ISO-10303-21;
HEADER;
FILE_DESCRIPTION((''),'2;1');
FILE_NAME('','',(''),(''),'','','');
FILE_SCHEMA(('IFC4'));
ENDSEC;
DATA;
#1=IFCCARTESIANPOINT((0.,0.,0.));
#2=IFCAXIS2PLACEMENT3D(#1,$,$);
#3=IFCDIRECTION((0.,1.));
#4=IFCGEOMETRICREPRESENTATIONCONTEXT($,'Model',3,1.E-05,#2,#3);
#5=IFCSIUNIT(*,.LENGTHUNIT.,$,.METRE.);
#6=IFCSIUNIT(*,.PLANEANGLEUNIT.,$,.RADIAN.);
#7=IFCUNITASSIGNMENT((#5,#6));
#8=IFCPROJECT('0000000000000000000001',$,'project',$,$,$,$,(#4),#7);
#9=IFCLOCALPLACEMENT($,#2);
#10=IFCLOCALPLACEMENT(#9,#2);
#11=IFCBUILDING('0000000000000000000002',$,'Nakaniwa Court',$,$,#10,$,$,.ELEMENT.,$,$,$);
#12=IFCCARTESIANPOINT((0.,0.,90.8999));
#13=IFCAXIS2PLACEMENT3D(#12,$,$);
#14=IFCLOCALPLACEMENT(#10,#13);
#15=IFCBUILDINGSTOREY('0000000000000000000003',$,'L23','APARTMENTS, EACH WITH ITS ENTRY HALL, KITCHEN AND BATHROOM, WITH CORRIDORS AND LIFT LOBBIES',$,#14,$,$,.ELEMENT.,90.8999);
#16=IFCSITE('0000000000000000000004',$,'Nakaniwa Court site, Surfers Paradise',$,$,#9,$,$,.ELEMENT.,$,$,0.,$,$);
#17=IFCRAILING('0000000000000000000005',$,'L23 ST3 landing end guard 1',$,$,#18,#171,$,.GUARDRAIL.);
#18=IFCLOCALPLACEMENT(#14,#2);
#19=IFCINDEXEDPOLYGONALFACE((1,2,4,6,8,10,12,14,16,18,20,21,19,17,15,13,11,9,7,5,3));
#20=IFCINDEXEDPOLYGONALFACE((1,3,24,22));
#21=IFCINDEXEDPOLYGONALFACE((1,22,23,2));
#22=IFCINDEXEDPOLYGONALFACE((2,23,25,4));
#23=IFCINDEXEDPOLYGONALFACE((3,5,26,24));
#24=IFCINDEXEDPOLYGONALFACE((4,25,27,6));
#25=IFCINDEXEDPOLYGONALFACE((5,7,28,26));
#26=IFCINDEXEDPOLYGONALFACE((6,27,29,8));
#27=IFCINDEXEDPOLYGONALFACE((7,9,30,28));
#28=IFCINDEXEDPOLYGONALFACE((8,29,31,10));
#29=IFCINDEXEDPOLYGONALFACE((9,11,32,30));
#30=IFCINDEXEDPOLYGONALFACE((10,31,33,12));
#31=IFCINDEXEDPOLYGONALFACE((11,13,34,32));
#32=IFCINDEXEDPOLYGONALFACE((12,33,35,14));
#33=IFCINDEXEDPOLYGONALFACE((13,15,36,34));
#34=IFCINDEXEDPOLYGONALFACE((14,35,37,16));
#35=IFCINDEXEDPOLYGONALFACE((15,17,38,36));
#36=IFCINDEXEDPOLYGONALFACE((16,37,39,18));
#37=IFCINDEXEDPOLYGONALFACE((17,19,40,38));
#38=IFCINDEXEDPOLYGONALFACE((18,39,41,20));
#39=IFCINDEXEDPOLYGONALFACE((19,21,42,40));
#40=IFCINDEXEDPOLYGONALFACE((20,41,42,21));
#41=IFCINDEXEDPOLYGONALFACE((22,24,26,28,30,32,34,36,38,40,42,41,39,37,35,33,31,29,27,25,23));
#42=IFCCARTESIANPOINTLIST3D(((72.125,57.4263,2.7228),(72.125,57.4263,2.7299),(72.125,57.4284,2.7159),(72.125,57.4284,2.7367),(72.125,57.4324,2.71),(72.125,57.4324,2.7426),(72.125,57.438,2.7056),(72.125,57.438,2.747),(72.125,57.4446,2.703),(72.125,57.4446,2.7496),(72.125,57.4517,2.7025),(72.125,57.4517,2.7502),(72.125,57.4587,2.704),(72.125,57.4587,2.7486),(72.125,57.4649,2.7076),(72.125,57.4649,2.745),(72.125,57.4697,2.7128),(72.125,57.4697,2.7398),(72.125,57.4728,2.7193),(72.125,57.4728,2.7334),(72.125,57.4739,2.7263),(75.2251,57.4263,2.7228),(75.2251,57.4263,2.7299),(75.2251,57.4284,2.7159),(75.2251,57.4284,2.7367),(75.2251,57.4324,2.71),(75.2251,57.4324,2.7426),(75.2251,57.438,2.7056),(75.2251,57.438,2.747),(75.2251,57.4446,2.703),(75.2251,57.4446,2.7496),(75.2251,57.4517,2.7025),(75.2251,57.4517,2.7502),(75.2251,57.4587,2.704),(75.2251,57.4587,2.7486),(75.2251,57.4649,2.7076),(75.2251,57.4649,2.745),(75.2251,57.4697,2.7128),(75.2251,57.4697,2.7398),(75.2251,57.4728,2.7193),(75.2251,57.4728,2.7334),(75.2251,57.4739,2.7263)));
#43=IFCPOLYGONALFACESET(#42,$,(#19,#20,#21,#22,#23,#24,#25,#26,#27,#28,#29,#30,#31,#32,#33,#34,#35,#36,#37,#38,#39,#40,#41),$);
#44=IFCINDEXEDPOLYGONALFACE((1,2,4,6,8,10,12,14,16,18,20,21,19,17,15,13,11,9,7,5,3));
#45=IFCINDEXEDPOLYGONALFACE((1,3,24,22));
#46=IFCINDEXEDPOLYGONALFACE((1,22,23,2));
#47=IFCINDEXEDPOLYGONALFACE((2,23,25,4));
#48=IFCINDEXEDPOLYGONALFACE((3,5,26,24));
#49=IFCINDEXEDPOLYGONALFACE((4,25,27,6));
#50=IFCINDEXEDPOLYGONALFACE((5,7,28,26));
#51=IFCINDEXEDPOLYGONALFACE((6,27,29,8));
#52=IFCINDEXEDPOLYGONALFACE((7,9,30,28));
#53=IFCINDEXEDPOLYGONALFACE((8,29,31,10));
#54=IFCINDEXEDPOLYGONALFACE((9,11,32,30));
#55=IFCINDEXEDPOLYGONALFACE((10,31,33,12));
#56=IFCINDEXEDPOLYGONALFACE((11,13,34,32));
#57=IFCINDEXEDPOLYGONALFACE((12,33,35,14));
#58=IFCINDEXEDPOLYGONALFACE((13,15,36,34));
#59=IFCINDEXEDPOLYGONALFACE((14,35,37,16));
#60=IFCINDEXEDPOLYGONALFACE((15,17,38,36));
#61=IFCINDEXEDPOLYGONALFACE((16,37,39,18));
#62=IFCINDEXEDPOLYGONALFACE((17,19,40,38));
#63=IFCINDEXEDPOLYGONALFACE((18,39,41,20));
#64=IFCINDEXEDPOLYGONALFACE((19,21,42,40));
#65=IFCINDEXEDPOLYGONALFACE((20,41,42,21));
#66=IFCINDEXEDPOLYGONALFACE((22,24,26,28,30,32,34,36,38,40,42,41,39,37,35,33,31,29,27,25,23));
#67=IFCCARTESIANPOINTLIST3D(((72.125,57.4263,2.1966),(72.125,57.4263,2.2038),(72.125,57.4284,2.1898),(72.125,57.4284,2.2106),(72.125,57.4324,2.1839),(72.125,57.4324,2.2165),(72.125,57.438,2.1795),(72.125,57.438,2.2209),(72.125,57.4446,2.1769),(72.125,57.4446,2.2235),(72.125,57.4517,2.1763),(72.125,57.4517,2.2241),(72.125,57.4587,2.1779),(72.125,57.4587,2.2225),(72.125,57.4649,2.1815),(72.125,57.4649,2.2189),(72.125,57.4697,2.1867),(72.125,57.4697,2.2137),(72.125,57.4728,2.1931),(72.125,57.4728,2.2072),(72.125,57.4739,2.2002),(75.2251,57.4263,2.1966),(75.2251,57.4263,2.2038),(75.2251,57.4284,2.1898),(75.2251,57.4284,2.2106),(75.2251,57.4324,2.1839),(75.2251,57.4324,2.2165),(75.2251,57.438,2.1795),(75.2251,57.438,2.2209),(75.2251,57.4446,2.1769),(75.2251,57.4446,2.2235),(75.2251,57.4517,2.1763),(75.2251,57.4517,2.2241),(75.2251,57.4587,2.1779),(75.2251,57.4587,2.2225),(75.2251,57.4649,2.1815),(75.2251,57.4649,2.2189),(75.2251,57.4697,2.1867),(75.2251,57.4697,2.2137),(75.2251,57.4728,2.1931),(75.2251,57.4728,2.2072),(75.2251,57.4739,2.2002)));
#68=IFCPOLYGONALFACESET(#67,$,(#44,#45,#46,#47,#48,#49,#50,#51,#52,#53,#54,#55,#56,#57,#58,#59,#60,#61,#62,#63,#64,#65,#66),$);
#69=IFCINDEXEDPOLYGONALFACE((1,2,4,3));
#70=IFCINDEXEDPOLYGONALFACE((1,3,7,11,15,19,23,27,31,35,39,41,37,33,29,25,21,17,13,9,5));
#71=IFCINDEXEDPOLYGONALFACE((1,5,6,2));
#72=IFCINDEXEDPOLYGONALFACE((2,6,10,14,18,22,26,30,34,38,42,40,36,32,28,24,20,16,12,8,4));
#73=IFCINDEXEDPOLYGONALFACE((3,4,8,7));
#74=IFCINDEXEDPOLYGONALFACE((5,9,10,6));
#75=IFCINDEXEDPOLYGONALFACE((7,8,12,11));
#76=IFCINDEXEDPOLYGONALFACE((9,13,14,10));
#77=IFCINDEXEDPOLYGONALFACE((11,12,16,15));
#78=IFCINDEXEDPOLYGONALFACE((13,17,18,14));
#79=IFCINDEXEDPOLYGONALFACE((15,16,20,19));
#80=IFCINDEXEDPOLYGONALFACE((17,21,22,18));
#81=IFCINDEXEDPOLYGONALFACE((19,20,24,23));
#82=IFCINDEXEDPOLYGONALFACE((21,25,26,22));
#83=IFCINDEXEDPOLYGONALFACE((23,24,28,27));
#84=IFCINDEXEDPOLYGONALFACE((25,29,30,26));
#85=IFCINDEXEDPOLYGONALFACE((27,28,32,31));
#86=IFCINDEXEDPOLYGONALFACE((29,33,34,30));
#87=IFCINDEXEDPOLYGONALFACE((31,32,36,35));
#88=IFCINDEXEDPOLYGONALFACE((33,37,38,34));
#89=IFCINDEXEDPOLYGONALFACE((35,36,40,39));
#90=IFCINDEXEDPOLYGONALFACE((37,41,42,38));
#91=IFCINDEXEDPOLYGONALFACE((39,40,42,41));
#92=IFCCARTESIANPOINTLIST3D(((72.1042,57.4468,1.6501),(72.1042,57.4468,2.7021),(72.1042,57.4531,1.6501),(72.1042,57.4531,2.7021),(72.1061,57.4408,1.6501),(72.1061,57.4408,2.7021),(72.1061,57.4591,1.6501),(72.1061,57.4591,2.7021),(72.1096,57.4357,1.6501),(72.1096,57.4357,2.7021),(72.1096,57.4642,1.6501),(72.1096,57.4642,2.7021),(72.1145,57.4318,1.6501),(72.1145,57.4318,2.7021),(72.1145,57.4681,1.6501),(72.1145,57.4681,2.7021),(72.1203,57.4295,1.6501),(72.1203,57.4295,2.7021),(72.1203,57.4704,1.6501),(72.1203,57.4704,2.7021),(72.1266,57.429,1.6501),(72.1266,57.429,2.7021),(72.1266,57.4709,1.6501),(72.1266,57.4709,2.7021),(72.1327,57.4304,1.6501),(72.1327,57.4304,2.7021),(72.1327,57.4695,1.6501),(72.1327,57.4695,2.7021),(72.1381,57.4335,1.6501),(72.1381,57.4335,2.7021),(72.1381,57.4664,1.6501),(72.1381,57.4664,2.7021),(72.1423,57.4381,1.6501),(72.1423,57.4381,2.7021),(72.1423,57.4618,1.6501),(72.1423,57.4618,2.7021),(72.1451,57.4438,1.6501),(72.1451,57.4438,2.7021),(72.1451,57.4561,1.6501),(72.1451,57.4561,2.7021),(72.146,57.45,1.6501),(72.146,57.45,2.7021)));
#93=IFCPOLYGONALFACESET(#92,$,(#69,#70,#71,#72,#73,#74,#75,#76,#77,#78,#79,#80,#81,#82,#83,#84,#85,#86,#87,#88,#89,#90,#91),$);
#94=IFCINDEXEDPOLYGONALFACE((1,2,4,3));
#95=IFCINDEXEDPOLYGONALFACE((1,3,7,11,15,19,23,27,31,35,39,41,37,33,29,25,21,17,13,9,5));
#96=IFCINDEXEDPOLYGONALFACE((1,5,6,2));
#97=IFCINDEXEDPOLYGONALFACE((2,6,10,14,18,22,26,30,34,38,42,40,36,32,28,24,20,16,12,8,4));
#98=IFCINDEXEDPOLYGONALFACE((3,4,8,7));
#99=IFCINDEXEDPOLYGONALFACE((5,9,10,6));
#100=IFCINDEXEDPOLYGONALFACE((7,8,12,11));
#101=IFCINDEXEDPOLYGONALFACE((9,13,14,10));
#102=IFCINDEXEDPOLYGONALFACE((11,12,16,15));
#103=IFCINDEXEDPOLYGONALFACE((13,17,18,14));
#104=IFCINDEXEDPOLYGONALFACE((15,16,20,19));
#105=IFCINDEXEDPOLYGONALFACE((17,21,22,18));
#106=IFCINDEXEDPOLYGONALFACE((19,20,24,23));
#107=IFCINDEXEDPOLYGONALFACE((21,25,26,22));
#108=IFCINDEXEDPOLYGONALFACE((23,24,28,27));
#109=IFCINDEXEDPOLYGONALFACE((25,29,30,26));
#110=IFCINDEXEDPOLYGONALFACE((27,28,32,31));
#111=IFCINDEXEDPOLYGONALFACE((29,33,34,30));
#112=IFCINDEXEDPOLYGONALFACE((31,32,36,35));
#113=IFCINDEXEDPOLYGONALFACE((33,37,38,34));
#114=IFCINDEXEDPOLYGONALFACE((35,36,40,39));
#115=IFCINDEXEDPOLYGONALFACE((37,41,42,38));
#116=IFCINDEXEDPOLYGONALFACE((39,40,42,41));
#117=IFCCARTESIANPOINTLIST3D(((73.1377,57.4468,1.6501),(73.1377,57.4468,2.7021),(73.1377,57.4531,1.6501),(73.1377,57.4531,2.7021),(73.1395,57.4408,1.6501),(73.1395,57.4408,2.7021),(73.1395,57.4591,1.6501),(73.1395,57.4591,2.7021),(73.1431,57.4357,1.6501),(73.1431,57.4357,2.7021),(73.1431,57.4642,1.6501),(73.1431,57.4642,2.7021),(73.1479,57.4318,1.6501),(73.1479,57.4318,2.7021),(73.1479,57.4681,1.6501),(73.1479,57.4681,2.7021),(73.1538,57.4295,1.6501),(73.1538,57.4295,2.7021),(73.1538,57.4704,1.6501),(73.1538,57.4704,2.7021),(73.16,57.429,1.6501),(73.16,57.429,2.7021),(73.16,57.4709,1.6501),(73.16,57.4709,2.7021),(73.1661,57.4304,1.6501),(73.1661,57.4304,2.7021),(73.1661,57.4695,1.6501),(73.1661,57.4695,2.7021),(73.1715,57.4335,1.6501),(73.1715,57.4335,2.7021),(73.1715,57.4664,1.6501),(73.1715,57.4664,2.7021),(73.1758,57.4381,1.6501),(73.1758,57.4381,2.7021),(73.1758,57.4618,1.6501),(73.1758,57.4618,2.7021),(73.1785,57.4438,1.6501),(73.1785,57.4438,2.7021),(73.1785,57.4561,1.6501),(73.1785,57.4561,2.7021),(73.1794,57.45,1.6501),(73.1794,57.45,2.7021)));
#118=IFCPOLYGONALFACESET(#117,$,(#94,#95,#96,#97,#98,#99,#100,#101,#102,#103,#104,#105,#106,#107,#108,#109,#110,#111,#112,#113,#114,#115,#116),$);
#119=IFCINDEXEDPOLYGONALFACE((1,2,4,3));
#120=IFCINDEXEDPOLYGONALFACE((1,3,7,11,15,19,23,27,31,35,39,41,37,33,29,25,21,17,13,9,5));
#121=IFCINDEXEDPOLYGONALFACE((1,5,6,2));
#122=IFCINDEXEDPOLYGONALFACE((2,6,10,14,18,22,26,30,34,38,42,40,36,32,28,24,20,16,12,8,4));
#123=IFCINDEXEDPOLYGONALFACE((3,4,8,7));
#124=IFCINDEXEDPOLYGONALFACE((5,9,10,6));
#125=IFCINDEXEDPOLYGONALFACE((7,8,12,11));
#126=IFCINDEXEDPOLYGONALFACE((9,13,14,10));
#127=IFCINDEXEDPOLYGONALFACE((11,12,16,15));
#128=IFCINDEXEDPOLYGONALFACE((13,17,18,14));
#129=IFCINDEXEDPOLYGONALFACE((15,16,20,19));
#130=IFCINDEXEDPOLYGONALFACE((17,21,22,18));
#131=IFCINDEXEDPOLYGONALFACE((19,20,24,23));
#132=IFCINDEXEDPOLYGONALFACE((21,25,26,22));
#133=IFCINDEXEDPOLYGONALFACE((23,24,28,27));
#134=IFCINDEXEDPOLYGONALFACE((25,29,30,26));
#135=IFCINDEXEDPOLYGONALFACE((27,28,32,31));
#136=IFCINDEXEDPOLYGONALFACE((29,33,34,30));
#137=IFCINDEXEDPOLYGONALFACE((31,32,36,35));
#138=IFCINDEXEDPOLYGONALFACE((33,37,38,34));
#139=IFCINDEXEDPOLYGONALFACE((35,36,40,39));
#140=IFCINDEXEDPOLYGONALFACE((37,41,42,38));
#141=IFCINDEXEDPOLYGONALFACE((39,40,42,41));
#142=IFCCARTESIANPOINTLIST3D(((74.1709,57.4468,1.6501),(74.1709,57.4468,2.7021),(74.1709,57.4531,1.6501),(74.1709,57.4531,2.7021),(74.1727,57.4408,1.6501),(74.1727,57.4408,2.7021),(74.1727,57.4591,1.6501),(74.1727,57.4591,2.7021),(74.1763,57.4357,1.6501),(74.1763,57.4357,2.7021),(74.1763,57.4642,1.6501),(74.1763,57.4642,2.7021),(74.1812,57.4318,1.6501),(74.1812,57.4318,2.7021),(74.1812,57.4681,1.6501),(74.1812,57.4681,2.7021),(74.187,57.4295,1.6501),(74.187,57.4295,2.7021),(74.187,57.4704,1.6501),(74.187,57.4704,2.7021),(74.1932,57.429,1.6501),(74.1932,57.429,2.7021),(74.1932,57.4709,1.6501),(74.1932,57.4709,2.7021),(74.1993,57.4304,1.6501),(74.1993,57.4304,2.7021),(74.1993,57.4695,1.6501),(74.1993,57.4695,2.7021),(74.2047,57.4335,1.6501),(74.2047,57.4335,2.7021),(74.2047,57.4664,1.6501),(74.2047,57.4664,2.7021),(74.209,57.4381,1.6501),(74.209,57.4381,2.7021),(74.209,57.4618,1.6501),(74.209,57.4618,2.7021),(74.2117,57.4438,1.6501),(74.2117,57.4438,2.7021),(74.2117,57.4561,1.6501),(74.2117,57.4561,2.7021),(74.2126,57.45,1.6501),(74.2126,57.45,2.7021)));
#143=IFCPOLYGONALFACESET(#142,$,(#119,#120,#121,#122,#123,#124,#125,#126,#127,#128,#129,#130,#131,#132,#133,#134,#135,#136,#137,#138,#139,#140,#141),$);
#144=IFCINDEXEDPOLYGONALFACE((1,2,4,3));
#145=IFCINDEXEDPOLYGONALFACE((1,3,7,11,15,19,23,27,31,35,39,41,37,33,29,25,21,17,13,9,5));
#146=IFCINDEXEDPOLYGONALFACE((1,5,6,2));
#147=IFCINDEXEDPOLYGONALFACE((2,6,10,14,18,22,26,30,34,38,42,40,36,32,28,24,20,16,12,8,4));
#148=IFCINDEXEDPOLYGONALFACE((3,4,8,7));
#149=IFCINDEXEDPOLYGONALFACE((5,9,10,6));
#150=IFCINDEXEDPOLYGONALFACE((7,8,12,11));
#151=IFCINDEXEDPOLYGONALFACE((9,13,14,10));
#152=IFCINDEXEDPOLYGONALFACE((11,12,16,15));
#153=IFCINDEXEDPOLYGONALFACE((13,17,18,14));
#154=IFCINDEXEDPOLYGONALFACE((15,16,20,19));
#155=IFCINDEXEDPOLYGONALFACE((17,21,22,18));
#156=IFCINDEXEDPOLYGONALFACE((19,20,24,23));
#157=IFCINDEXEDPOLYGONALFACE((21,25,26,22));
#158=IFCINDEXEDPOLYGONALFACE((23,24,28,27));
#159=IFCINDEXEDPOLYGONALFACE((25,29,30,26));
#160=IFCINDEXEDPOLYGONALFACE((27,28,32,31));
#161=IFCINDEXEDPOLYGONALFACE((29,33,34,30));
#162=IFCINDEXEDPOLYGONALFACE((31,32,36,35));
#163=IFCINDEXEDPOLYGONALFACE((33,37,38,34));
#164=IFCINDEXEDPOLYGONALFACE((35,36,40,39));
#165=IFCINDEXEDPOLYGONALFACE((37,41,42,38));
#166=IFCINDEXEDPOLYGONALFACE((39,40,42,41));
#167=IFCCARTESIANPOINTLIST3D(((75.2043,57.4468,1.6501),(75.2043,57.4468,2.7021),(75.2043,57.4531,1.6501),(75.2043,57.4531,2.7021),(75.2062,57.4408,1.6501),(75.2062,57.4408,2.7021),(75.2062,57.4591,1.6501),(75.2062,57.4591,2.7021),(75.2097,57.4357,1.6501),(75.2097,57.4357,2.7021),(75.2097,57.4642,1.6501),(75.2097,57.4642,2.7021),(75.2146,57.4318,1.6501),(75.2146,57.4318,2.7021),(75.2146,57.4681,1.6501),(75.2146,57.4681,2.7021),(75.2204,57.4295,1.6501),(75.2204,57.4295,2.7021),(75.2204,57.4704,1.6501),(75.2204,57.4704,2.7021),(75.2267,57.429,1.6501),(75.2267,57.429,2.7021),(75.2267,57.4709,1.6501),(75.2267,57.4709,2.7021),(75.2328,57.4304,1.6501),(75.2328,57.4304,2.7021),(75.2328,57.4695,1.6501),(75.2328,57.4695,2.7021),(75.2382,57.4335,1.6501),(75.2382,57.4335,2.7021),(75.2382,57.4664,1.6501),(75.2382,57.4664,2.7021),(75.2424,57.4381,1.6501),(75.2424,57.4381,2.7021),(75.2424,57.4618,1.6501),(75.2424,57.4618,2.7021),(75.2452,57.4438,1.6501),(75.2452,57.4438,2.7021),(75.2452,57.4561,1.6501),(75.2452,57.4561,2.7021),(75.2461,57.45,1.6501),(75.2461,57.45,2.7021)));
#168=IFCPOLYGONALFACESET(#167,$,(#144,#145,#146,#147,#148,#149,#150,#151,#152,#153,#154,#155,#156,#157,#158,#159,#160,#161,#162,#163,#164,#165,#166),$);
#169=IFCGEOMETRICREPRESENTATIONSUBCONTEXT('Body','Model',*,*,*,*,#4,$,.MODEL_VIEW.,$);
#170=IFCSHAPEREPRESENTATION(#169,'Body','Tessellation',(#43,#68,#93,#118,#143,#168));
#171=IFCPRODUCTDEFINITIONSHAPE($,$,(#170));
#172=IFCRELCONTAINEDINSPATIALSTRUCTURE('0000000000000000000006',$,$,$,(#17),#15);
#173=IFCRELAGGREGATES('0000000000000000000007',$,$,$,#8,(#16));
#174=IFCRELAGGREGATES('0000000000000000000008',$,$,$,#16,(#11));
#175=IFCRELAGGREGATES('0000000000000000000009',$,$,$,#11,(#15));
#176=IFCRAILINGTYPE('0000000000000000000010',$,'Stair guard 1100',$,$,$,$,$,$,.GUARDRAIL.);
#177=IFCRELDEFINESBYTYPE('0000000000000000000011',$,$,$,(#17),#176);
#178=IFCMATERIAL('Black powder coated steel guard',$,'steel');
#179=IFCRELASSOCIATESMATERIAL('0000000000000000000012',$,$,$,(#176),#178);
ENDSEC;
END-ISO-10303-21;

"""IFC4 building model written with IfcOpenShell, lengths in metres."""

from ifc_helpers import new_model, si_unit, direction, frame, origin, origin_2d, place, context, subcontext, project, spatial, circle, extrude, material, type_object, element, save


model = new_model("IFC4")

# Units and contexts
model_context = context("Model", 3, precision=1e-05, world=origin(), true_north=direction((0.0, 1.0)))
body_context = subcontext(model_context, "Body", "Model", "MODEL_VIEW")
ifc_project = project(units=[si_unit("LENGTHUNIT", "METRE"), si_unit("PLANEANGLEUNIT", "RADIAN")], contexts=[model_context])

# Site, building, storey
site_placement = place(None, origin())
site = spatial("IfcSite", under=ifc_project, at=site_placement, Name="Nakaniwa Court site, Surfers Paradise", CompositionType="ELEMENT", RefElevation=0.0)
building_placement = place(site_placement, origin())
building = spatial("IfcBuilding", under=site, at=building_placement, Name="Nakaniwa Court", CompositionType="ELEMENT")
storey_placement = place(building_placement, frame((0.0, 0.0, 90.8999)))
storey = spatial("IfcBuildingStorey", under=building, at=storey_placement, Name="L23", Description="APARTMENTS, EACH WITH ITS ENTRY HALL, KITCHEN AND BATHROOM, WITH CORRIDORS AND LIFT LOBBIES", CompositionType="ELEMENT", Elevation=90.8999)

# Railing
ifc_material_1 = material(Name="Black powder coated steel guard", Category="steel")
railing_type_1 = type_object("IfcRailingType", Name="Stair guard 1100", PredefinedType="GUARDRAIL", material=ifc_material_1)
railing_1_placement = place(storey_placement, frame((72.125, 57.45, 1.6501)))
element("IfcRailing", 1, at=railing_1_placement, inside=storey, type_object=railing_type_1, Name="L23 ST3 landing end guard 1", PredefinedType="GUARDRAIL", context=body_context, shape_type="SweptSolid", body=[
    extrude(circle(Radius=0.0239, at=origin_2d()), frame((0.0, 0.0, 1.0762), z_axis=(1.0, 0.0, 0.0), x_axis=(0.0, 1.0, 0.0)), (0.0, 0.0, 1.0), 3.1001),
    extrude(circle(Radius=0.0239, at=origin_2d()), frame((0.0, 0.0, 0.55), z_axis=(1.0, 0.0, 0.0), x_axis=(0.0, 1.0, 0.0)), (0.0, 0.0, 1.0), 3.1001),
    extrude(circle(Radius=0.021, at=origin_2d()), origin(), (0.0, 0.0, 1.0), 1.052),
    extrude(circle(Radius=0.021, at=origin_2d()), frame((1.0334, 0.0, 0.0)), (0.0, 0.0, 1.0), 1.052),
    extrude(circle(Radius=0.021, at=origin_2d()), frame((2.0667, 0.0, 0.0)), (0.0, 0.0, 1.0), 1.052),
    extrude(circle(Radius=0.021, at=origin_2d()), frame((3.1001, 0.0, 0.0)), (0.0, 0.0, 1.0), 1.052),
])

save(model, "model.ifc")
